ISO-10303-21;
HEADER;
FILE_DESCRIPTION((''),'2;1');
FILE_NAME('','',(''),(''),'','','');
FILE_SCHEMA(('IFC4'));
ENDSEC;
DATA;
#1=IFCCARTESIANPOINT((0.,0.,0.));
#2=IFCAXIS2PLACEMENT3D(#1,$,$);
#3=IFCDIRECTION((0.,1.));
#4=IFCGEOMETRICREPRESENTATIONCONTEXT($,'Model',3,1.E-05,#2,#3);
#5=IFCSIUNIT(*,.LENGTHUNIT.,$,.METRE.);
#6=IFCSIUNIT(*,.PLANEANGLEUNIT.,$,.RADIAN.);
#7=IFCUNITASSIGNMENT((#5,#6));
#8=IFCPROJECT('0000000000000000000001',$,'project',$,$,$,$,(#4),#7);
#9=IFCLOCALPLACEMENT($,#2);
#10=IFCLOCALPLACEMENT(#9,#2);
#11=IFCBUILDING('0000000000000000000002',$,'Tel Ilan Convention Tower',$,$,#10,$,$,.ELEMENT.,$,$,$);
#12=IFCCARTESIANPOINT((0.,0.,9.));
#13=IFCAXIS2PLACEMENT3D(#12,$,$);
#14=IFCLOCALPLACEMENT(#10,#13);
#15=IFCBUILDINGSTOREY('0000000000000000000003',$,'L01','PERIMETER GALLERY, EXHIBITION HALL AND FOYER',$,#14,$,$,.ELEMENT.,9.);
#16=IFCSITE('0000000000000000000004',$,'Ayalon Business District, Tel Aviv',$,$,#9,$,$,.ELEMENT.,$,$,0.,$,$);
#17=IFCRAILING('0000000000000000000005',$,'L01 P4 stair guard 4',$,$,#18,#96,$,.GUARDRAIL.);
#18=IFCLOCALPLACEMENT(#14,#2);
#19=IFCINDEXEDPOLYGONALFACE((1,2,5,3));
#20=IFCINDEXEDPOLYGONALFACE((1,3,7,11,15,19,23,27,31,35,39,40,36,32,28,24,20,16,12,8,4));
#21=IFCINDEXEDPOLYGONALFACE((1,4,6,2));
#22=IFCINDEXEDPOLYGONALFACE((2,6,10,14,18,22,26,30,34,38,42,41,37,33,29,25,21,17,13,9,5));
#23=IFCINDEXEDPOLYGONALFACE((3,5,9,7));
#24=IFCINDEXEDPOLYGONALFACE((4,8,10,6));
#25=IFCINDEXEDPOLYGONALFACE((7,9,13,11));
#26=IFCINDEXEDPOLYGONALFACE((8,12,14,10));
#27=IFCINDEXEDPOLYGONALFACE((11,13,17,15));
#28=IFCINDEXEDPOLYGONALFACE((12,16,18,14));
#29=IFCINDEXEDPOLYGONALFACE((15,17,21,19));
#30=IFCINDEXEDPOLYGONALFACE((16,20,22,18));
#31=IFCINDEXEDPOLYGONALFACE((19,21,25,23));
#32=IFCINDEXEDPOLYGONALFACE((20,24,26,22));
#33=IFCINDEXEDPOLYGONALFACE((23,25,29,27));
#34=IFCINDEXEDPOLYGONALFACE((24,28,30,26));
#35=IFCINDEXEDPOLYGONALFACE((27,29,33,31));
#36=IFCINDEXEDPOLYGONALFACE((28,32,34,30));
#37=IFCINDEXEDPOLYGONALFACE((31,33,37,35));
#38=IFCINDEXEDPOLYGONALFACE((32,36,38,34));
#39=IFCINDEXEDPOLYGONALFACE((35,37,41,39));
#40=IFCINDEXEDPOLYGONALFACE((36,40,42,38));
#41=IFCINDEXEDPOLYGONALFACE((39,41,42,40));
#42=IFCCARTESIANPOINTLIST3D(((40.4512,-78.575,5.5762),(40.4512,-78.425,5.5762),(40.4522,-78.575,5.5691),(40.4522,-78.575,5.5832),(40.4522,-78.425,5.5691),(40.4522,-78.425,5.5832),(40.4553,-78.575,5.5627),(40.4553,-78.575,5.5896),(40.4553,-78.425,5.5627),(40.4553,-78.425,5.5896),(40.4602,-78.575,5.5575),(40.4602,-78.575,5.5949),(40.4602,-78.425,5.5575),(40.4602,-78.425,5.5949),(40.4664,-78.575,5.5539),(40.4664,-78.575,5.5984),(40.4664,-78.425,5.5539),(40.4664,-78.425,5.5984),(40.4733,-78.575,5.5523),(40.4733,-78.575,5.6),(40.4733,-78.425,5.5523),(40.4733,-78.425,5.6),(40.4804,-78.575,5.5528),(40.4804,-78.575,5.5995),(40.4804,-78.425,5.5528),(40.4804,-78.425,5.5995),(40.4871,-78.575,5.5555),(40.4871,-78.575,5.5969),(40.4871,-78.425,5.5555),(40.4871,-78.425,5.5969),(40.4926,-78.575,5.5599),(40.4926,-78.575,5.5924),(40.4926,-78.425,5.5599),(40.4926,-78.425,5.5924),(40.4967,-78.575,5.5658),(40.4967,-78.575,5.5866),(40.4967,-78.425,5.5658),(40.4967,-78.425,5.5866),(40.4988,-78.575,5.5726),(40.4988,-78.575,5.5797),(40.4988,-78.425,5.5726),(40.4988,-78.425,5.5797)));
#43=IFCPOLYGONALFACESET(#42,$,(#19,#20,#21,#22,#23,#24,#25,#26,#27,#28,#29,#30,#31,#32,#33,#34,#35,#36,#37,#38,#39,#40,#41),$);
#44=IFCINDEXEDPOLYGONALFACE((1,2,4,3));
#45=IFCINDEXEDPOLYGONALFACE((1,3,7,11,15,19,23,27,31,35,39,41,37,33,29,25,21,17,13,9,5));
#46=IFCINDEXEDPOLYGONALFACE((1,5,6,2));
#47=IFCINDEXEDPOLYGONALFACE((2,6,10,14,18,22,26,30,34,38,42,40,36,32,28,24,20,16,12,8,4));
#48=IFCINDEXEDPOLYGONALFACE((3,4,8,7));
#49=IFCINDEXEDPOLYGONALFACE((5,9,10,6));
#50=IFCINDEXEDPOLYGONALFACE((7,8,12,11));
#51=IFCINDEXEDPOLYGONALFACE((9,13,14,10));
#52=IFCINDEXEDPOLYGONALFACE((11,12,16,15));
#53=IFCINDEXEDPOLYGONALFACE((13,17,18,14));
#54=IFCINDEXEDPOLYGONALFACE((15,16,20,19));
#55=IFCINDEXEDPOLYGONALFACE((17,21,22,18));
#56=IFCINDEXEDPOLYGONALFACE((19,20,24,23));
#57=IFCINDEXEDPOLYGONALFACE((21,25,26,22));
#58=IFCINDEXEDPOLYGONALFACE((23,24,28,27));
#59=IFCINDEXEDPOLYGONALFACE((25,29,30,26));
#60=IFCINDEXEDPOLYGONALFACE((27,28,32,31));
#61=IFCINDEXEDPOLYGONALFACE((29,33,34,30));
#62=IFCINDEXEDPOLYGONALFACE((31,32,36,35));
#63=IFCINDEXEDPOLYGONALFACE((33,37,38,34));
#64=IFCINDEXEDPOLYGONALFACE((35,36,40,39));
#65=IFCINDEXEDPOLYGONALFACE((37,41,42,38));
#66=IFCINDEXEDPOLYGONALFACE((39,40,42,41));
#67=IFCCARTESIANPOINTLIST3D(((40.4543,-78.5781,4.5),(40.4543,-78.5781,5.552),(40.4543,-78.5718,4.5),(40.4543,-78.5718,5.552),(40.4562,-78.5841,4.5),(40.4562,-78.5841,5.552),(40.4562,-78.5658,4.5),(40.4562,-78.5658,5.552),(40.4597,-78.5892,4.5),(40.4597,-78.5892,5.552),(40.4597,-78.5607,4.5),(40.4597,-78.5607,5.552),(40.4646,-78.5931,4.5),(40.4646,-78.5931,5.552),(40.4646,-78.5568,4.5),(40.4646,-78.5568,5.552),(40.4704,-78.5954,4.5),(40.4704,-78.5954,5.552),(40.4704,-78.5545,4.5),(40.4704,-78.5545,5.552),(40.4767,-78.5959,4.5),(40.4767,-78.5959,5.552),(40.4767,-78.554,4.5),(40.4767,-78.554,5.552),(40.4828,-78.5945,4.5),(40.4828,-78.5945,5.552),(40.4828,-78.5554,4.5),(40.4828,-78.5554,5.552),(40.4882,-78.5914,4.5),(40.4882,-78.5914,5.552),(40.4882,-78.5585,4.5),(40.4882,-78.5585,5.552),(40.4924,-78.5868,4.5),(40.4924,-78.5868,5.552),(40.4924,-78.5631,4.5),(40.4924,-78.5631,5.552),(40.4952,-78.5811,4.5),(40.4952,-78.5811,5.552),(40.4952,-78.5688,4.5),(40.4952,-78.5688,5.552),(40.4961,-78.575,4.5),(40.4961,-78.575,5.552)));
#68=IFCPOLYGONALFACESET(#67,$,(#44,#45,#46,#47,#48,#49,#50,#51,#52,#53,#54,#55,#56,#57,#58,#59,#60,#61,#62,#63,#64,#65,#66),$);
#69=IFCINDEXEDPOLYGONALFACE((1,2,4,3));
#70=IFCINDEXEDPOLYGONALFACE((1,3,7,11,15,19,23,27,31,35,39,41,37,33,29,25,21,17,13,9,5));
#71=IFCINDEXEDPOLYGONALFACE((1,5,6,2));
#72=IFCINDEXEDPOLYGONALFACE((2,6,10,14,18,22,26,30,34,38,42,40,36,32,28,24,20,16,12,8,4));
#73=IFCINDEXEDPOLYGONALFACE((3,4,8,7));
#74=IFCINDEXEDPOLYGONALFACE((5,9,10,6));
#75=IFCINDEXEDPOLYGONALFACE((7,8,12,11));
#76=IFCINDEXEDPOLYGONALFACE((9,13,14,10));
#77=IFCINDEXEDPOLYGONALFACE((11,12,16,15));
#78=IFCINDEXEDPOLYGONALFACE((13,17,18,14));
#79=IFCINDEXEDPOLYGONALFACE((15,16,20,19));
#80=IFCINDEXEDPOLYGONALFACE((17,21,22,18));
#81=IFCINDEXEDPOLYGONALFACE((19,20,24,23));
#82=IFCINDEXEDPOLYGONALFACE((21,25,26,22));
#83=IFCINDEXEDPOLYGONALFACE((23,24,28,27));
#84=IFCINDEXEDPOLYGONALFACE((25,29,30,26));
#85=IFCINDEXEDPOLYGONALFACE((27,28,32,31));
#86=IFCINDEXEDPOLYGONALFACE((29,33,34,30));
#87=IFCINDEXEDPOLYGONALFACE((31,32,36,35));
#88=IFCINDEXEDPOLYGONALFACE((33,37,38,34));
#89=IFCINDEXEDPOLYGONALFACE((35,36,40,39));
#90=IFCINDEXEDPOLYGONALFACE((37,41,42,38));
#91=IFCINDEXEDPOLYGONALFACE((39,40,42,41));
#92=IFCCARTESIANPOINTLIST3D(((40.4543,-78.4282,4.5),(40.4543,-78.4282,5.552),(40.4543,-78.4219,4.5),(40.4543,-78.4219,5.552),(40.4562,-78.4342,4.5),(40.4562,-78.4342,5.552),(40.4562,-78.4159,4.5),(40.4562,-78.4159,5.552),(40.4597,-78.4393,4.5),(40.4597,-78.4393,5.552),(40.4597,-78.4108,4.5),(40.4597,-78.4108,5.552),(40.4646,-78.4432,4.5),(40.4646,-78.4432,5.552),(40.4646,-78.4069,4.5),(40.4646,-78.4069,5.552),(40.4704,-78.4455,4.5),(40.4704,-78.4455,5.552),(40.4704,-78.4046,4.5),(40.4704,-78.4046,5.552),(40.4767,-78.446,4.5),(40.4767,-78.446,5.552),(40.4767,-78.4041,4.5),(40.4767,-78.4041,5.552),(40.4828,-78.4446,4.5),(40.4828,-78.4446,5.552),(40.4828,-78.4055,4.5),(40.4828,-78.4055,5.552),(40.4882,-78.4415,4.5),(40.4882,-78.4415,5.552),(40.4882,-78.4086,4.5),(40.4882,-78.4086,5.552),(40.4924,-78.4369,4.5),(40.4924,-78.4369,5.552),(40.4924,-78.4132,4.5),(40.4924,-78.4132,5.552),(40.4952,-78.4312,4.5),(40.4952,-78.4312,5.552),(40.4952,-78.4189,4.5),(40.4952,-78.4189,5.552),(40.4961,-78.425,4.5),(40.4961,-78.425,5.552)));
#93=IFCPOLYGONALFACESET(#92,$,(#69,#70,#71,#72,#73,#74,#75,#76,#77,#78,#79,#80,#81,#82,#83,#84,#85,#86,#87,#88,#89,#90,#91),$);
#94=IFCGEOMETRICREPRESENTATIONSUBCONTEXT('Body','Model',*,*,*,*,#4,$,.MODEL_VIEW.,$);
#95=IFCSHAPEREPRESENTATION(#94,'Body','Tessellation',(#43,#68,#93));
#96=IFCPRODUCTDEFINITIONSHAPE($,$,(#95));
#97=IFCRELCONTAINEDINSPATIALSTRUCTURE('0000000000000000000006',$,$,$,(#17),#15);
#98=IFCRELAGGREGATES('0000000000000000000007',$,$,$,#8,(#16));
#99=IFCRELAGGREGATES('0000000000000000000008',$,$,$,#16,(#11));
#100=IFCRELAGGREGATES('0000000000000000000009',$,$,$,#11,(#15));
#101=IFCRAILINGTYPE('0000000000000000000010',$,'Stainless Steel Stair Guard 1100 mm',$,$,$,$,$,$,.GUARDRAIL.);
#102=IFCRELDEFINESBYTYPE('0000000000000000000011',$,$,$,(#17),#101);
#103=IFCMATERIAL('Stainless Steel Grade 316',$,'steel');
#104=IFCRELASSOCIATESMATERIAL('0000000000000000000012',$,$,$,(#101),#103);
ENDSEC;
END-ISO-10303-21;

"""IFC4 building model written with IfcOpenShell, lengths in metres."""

from ifc_helpers import new_model, si_unit, direction, frame, origin, origin_2d, place, context, subcontext, project, spatial, circle, extrude, material, type_object, element, save


model = new_model("IFC4")

# Units and contexts
model_context = context("Model", 3, precision=1e-05, world=origin(), true_north=direction((0.0, 1.0)))
body_context = subcontext(model_context, "Body", "Model", "MODEL_VIEW")
ifc_project = project(units=[si_unit("LENGTHUNIT", "METRE"), si_unit("PLANEANGLEUNIT", "RADIAN")], contexts=[model_context])

# Site, building, storey
site_placement = place(None, origin())
site = spatial("IfcSite", under=ifc_project, at=site_placement, Name="Ayalon Business District, Tel Aviv", CompositionType="ELEMENT", RefElevation=0.0)
building_placement = place(site_placement, origin())
building = spatial("IfcBuilding", under=site, at=building_placement, Name="Tel Ilan Convention Tower", CompositionType="ELEMENT")
storey_placement = place(building_placement, frame((0.0, 0.0, 9.0)))
storey = spatial("IfcBuildingStorey", under=building, at=storey_placement, Name="L01", Description="PERIMETER GALLERY, EXHIBITION HALL AND FOYER", CompositionType="ELEMENT", Elevation=9.0)

# Railing
ifc_material_1 = material(Name="Stainless Steel Grade 316", Category="steel")
railing_type_1 = type_object("IfcRailingType", Name="Stainless Steel Stair Guard 1100 mm", PredefinedType="GUARDRAIL", material=ifc_material_1)
railing_1_placement = place(storey_placement, frame((40.4751, -78.575, 4.5)))
element("IfcRailing", 1, at=railing_1_placement, inside=storey, type_object=railing_type_1, Name="L01 P4 stair guard 4", PredefinedType="GUARDRAIL", context=body_context, shape_type="SweptSolid", body=[
    extrude(circle(Radius=0.0239, at=origin_2d()), frame((0.0, 0.0, 1.0762), z_axis=(0.0, 1.0, 0.0), x_axis=(-1.0, 0.0, 0.0)), (0.0, 0.0, 1.0), 0.1499),
    extrude(circle(Radius=0.021, at=origin_2d()), origin(), (0.0, 0.0, 1.0), 1.052),
    extrude(circle(Radius=0.021, at=origin_2d()), frame((0.0, 0.1499, 0.0)), (0.0, 0.0, 1.0), 1.052),
])

save(model, "model.ifc")
